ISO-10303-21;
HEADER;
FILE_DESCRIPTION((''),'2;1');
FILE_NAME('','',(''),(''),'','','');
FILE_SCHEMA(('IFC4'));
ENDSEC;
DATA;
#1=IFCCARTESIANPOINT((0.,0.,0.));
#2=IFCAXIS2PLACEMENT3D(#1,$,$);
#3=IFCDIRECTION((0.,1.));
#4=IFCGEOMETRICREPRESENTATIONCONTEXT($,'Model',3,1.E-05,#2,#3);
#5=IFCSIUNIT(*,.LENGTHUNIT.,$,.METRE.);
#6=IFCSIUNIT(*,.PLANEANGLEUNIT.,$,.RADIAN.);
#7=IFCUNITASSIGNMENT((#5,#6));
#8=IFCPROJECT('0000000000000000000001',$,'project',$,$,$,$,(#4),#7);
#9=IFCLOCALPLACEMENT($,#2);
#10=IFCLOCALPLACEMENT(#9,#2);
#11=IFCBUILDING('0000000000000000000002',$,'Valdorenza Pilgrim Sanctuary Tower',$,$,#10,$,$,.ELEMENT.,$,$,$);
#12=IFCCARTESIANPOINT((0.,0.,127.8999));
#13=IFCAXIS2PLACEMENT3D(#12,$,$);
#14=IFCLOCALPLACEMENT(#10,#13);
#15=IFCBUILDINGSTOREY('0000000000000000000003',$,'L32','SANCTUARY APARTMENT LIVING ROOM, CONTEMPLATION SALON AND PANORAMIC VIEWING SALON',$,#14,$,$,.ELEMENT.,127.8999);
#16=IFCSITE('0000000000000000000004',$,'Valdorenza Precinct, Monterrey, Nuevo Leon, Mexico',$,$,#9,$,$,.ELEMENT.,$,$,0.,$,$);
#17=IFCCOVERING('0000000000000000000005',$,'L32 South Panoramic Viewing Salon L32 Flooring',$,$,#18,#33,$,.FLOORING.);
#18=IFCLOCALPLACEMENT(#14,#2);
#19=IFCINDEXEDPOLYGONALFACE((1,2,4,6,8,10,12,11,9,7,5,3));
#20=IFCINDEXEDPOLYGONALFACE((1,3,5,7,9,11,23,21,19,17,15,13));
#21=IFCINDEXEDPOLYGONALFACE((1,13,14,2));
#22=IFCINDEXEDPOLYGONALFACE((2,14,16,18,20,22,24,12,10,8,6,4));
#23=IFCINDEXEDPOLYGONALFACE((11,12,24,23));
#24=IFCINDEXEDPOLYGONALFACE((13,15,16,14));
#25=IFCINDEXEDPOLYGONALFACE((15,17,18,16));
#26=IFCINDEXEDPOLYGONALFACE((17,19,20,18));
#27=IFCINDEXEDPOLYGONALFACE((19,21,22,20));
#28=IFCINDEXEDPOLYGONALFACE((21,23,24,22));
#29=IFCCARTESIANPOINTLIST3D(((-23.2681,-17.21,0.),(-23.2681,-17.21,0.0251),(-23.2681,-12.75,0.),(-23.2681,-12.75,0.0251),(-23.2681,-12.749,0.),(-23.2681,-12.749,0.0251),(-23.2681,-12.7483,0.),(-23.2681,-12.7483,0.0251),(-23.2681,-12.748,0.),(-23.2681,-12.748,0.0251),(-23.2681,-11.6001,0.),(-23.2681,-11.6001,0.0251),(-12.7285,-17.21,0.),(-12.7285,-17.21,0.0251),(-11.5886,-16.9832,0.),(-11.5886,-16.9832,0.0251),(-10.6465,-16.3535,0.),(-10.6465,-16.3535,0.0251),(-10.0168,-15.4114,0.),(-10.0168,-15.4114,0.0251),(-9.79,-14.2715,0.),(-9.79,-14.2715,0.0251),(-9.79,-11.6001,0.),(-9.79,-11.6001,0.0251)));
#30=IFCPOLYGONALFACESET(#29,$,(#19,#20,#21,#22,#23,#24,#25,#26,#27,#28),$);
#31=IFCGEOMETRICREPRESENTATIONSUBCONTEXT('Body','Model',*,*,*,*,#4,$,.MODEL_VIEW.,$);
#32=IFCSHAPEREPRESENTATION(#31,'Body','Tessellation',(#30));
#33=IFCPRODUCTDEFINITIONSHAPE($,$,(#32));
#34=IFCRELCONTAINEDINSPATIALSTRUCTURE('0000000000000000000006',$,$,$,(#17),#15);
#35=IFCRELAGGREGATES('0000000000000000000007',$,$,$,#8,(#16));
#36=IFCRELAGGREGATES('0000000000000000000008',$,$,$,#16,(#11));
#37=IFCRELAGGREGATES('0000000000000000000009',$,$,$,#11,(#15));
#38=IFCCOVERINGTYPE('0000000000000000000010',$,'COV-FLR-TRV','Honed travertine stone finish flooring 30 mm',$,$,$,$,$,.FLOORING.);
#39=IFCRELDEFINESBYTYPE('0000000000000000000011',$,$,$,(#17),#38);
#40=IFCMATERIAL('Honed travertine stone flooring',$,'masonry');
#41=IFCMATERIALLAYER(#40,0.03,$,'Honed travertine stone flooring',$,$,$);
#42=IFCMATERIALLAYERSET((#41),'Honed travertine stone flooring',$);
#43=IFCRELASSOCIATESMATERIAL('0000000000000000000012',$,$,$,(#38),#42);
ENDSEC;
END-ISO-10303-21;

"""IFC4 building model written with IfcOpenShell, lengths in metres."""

from ifc_helpers import new_model, si_unit, direction, frame, origin, place, context, subcontext, project, spatial, polyline, outline, extrude, material, layer, layer_set, type_object, element, save


model = new_model("IFC4")

# Units and contexts
model_context = context("Model", 3, precision=1e-05, world=origin(), true_north=direction((0.0, 1.0)))
body_context = subcontext(model_context, "Body", "Model", "MODEL_VIEW")
ifc_project = project(units=[si_unit("LENGTHUNIT", "METRE"), si_unit("PLANEANGLEUNIT", "RADIAN")], contexts=[model_context])

# Site, building, storey
site_placement = place(None, origin())
site = spatial("IfcSite", under=ifc_project, at=site_placement, Name="Valdorenza Precinct, Monterrey, Nuevo Leon, Mexico", CompositionType="ELEMENT", RefElevation=0.0)
building_placement = place(site_placement, origin())
building = spatial("IfcBuilding", under=site, at=building_placement, Name="Valdorenza Pilgrim Sanctuary Tower", CompositionType="ELEMENT")
storey_placement = place(building_placement, frame((0.0, 0.0, 127.8999)))
storey = spatial("IfcBuildingStorey", under=building, at=storey_placement, Name="L32", Description="SANCTUARY APARTMENT LIVING ROOM, CONTEMPLATION SALON AND PANORAMIC VIEWING SALON", CompositionType="ELEMENT", Elevation=127.8999)

# Covering
ifc_material_1 = material(Name="Honed travertine stone flooring", Category="masonry")
ifc_layer_1 = layer(ifc_material_1, 0.03, Name="Honed travertine stone flooring")
ifc_layer_set_1 = layer_set([ifc_layer_1], Name="Honed travertine stone flooring")
covering_type_1 = type_object("IfcCoveringType", Name="COV-FLR-TRV", Description="Honed travertine stone finish flooring 30 mm", PredefinedType="FLOORING", material=ifc_layer_set_1)
covering_1_placement = place(storey_placement, origin())
element("IfcCovering", 1, at=covering_1_placement, inside=storey, type_object=covering_type_1, Name="L32 South Panoramic Viewing Salon L32 Flooring", PredefinedType="FLOORING", context=body_context, shape_type="SweptSolid", body=[
    extrude(outline(polyline([(-23.2681, -12.7483), (-23.2681, -12.748), (-23.2681, -11.6001), (-9.79, -11.6001), (-9.79, -14.2715), (-10.0168, -15.4114), (-10.6465, -16.3535), (-11.5886, -16.9832), (-12.7285, -17.21), (-23.2681, -17.21), (-23.2681, -12.75), (-23.2681, -12.749), (-23.2681, -12.7483)])), origin(), (0.0, 0.0, 1.0), 0.0251),
])

save(model, "model.ifc")
